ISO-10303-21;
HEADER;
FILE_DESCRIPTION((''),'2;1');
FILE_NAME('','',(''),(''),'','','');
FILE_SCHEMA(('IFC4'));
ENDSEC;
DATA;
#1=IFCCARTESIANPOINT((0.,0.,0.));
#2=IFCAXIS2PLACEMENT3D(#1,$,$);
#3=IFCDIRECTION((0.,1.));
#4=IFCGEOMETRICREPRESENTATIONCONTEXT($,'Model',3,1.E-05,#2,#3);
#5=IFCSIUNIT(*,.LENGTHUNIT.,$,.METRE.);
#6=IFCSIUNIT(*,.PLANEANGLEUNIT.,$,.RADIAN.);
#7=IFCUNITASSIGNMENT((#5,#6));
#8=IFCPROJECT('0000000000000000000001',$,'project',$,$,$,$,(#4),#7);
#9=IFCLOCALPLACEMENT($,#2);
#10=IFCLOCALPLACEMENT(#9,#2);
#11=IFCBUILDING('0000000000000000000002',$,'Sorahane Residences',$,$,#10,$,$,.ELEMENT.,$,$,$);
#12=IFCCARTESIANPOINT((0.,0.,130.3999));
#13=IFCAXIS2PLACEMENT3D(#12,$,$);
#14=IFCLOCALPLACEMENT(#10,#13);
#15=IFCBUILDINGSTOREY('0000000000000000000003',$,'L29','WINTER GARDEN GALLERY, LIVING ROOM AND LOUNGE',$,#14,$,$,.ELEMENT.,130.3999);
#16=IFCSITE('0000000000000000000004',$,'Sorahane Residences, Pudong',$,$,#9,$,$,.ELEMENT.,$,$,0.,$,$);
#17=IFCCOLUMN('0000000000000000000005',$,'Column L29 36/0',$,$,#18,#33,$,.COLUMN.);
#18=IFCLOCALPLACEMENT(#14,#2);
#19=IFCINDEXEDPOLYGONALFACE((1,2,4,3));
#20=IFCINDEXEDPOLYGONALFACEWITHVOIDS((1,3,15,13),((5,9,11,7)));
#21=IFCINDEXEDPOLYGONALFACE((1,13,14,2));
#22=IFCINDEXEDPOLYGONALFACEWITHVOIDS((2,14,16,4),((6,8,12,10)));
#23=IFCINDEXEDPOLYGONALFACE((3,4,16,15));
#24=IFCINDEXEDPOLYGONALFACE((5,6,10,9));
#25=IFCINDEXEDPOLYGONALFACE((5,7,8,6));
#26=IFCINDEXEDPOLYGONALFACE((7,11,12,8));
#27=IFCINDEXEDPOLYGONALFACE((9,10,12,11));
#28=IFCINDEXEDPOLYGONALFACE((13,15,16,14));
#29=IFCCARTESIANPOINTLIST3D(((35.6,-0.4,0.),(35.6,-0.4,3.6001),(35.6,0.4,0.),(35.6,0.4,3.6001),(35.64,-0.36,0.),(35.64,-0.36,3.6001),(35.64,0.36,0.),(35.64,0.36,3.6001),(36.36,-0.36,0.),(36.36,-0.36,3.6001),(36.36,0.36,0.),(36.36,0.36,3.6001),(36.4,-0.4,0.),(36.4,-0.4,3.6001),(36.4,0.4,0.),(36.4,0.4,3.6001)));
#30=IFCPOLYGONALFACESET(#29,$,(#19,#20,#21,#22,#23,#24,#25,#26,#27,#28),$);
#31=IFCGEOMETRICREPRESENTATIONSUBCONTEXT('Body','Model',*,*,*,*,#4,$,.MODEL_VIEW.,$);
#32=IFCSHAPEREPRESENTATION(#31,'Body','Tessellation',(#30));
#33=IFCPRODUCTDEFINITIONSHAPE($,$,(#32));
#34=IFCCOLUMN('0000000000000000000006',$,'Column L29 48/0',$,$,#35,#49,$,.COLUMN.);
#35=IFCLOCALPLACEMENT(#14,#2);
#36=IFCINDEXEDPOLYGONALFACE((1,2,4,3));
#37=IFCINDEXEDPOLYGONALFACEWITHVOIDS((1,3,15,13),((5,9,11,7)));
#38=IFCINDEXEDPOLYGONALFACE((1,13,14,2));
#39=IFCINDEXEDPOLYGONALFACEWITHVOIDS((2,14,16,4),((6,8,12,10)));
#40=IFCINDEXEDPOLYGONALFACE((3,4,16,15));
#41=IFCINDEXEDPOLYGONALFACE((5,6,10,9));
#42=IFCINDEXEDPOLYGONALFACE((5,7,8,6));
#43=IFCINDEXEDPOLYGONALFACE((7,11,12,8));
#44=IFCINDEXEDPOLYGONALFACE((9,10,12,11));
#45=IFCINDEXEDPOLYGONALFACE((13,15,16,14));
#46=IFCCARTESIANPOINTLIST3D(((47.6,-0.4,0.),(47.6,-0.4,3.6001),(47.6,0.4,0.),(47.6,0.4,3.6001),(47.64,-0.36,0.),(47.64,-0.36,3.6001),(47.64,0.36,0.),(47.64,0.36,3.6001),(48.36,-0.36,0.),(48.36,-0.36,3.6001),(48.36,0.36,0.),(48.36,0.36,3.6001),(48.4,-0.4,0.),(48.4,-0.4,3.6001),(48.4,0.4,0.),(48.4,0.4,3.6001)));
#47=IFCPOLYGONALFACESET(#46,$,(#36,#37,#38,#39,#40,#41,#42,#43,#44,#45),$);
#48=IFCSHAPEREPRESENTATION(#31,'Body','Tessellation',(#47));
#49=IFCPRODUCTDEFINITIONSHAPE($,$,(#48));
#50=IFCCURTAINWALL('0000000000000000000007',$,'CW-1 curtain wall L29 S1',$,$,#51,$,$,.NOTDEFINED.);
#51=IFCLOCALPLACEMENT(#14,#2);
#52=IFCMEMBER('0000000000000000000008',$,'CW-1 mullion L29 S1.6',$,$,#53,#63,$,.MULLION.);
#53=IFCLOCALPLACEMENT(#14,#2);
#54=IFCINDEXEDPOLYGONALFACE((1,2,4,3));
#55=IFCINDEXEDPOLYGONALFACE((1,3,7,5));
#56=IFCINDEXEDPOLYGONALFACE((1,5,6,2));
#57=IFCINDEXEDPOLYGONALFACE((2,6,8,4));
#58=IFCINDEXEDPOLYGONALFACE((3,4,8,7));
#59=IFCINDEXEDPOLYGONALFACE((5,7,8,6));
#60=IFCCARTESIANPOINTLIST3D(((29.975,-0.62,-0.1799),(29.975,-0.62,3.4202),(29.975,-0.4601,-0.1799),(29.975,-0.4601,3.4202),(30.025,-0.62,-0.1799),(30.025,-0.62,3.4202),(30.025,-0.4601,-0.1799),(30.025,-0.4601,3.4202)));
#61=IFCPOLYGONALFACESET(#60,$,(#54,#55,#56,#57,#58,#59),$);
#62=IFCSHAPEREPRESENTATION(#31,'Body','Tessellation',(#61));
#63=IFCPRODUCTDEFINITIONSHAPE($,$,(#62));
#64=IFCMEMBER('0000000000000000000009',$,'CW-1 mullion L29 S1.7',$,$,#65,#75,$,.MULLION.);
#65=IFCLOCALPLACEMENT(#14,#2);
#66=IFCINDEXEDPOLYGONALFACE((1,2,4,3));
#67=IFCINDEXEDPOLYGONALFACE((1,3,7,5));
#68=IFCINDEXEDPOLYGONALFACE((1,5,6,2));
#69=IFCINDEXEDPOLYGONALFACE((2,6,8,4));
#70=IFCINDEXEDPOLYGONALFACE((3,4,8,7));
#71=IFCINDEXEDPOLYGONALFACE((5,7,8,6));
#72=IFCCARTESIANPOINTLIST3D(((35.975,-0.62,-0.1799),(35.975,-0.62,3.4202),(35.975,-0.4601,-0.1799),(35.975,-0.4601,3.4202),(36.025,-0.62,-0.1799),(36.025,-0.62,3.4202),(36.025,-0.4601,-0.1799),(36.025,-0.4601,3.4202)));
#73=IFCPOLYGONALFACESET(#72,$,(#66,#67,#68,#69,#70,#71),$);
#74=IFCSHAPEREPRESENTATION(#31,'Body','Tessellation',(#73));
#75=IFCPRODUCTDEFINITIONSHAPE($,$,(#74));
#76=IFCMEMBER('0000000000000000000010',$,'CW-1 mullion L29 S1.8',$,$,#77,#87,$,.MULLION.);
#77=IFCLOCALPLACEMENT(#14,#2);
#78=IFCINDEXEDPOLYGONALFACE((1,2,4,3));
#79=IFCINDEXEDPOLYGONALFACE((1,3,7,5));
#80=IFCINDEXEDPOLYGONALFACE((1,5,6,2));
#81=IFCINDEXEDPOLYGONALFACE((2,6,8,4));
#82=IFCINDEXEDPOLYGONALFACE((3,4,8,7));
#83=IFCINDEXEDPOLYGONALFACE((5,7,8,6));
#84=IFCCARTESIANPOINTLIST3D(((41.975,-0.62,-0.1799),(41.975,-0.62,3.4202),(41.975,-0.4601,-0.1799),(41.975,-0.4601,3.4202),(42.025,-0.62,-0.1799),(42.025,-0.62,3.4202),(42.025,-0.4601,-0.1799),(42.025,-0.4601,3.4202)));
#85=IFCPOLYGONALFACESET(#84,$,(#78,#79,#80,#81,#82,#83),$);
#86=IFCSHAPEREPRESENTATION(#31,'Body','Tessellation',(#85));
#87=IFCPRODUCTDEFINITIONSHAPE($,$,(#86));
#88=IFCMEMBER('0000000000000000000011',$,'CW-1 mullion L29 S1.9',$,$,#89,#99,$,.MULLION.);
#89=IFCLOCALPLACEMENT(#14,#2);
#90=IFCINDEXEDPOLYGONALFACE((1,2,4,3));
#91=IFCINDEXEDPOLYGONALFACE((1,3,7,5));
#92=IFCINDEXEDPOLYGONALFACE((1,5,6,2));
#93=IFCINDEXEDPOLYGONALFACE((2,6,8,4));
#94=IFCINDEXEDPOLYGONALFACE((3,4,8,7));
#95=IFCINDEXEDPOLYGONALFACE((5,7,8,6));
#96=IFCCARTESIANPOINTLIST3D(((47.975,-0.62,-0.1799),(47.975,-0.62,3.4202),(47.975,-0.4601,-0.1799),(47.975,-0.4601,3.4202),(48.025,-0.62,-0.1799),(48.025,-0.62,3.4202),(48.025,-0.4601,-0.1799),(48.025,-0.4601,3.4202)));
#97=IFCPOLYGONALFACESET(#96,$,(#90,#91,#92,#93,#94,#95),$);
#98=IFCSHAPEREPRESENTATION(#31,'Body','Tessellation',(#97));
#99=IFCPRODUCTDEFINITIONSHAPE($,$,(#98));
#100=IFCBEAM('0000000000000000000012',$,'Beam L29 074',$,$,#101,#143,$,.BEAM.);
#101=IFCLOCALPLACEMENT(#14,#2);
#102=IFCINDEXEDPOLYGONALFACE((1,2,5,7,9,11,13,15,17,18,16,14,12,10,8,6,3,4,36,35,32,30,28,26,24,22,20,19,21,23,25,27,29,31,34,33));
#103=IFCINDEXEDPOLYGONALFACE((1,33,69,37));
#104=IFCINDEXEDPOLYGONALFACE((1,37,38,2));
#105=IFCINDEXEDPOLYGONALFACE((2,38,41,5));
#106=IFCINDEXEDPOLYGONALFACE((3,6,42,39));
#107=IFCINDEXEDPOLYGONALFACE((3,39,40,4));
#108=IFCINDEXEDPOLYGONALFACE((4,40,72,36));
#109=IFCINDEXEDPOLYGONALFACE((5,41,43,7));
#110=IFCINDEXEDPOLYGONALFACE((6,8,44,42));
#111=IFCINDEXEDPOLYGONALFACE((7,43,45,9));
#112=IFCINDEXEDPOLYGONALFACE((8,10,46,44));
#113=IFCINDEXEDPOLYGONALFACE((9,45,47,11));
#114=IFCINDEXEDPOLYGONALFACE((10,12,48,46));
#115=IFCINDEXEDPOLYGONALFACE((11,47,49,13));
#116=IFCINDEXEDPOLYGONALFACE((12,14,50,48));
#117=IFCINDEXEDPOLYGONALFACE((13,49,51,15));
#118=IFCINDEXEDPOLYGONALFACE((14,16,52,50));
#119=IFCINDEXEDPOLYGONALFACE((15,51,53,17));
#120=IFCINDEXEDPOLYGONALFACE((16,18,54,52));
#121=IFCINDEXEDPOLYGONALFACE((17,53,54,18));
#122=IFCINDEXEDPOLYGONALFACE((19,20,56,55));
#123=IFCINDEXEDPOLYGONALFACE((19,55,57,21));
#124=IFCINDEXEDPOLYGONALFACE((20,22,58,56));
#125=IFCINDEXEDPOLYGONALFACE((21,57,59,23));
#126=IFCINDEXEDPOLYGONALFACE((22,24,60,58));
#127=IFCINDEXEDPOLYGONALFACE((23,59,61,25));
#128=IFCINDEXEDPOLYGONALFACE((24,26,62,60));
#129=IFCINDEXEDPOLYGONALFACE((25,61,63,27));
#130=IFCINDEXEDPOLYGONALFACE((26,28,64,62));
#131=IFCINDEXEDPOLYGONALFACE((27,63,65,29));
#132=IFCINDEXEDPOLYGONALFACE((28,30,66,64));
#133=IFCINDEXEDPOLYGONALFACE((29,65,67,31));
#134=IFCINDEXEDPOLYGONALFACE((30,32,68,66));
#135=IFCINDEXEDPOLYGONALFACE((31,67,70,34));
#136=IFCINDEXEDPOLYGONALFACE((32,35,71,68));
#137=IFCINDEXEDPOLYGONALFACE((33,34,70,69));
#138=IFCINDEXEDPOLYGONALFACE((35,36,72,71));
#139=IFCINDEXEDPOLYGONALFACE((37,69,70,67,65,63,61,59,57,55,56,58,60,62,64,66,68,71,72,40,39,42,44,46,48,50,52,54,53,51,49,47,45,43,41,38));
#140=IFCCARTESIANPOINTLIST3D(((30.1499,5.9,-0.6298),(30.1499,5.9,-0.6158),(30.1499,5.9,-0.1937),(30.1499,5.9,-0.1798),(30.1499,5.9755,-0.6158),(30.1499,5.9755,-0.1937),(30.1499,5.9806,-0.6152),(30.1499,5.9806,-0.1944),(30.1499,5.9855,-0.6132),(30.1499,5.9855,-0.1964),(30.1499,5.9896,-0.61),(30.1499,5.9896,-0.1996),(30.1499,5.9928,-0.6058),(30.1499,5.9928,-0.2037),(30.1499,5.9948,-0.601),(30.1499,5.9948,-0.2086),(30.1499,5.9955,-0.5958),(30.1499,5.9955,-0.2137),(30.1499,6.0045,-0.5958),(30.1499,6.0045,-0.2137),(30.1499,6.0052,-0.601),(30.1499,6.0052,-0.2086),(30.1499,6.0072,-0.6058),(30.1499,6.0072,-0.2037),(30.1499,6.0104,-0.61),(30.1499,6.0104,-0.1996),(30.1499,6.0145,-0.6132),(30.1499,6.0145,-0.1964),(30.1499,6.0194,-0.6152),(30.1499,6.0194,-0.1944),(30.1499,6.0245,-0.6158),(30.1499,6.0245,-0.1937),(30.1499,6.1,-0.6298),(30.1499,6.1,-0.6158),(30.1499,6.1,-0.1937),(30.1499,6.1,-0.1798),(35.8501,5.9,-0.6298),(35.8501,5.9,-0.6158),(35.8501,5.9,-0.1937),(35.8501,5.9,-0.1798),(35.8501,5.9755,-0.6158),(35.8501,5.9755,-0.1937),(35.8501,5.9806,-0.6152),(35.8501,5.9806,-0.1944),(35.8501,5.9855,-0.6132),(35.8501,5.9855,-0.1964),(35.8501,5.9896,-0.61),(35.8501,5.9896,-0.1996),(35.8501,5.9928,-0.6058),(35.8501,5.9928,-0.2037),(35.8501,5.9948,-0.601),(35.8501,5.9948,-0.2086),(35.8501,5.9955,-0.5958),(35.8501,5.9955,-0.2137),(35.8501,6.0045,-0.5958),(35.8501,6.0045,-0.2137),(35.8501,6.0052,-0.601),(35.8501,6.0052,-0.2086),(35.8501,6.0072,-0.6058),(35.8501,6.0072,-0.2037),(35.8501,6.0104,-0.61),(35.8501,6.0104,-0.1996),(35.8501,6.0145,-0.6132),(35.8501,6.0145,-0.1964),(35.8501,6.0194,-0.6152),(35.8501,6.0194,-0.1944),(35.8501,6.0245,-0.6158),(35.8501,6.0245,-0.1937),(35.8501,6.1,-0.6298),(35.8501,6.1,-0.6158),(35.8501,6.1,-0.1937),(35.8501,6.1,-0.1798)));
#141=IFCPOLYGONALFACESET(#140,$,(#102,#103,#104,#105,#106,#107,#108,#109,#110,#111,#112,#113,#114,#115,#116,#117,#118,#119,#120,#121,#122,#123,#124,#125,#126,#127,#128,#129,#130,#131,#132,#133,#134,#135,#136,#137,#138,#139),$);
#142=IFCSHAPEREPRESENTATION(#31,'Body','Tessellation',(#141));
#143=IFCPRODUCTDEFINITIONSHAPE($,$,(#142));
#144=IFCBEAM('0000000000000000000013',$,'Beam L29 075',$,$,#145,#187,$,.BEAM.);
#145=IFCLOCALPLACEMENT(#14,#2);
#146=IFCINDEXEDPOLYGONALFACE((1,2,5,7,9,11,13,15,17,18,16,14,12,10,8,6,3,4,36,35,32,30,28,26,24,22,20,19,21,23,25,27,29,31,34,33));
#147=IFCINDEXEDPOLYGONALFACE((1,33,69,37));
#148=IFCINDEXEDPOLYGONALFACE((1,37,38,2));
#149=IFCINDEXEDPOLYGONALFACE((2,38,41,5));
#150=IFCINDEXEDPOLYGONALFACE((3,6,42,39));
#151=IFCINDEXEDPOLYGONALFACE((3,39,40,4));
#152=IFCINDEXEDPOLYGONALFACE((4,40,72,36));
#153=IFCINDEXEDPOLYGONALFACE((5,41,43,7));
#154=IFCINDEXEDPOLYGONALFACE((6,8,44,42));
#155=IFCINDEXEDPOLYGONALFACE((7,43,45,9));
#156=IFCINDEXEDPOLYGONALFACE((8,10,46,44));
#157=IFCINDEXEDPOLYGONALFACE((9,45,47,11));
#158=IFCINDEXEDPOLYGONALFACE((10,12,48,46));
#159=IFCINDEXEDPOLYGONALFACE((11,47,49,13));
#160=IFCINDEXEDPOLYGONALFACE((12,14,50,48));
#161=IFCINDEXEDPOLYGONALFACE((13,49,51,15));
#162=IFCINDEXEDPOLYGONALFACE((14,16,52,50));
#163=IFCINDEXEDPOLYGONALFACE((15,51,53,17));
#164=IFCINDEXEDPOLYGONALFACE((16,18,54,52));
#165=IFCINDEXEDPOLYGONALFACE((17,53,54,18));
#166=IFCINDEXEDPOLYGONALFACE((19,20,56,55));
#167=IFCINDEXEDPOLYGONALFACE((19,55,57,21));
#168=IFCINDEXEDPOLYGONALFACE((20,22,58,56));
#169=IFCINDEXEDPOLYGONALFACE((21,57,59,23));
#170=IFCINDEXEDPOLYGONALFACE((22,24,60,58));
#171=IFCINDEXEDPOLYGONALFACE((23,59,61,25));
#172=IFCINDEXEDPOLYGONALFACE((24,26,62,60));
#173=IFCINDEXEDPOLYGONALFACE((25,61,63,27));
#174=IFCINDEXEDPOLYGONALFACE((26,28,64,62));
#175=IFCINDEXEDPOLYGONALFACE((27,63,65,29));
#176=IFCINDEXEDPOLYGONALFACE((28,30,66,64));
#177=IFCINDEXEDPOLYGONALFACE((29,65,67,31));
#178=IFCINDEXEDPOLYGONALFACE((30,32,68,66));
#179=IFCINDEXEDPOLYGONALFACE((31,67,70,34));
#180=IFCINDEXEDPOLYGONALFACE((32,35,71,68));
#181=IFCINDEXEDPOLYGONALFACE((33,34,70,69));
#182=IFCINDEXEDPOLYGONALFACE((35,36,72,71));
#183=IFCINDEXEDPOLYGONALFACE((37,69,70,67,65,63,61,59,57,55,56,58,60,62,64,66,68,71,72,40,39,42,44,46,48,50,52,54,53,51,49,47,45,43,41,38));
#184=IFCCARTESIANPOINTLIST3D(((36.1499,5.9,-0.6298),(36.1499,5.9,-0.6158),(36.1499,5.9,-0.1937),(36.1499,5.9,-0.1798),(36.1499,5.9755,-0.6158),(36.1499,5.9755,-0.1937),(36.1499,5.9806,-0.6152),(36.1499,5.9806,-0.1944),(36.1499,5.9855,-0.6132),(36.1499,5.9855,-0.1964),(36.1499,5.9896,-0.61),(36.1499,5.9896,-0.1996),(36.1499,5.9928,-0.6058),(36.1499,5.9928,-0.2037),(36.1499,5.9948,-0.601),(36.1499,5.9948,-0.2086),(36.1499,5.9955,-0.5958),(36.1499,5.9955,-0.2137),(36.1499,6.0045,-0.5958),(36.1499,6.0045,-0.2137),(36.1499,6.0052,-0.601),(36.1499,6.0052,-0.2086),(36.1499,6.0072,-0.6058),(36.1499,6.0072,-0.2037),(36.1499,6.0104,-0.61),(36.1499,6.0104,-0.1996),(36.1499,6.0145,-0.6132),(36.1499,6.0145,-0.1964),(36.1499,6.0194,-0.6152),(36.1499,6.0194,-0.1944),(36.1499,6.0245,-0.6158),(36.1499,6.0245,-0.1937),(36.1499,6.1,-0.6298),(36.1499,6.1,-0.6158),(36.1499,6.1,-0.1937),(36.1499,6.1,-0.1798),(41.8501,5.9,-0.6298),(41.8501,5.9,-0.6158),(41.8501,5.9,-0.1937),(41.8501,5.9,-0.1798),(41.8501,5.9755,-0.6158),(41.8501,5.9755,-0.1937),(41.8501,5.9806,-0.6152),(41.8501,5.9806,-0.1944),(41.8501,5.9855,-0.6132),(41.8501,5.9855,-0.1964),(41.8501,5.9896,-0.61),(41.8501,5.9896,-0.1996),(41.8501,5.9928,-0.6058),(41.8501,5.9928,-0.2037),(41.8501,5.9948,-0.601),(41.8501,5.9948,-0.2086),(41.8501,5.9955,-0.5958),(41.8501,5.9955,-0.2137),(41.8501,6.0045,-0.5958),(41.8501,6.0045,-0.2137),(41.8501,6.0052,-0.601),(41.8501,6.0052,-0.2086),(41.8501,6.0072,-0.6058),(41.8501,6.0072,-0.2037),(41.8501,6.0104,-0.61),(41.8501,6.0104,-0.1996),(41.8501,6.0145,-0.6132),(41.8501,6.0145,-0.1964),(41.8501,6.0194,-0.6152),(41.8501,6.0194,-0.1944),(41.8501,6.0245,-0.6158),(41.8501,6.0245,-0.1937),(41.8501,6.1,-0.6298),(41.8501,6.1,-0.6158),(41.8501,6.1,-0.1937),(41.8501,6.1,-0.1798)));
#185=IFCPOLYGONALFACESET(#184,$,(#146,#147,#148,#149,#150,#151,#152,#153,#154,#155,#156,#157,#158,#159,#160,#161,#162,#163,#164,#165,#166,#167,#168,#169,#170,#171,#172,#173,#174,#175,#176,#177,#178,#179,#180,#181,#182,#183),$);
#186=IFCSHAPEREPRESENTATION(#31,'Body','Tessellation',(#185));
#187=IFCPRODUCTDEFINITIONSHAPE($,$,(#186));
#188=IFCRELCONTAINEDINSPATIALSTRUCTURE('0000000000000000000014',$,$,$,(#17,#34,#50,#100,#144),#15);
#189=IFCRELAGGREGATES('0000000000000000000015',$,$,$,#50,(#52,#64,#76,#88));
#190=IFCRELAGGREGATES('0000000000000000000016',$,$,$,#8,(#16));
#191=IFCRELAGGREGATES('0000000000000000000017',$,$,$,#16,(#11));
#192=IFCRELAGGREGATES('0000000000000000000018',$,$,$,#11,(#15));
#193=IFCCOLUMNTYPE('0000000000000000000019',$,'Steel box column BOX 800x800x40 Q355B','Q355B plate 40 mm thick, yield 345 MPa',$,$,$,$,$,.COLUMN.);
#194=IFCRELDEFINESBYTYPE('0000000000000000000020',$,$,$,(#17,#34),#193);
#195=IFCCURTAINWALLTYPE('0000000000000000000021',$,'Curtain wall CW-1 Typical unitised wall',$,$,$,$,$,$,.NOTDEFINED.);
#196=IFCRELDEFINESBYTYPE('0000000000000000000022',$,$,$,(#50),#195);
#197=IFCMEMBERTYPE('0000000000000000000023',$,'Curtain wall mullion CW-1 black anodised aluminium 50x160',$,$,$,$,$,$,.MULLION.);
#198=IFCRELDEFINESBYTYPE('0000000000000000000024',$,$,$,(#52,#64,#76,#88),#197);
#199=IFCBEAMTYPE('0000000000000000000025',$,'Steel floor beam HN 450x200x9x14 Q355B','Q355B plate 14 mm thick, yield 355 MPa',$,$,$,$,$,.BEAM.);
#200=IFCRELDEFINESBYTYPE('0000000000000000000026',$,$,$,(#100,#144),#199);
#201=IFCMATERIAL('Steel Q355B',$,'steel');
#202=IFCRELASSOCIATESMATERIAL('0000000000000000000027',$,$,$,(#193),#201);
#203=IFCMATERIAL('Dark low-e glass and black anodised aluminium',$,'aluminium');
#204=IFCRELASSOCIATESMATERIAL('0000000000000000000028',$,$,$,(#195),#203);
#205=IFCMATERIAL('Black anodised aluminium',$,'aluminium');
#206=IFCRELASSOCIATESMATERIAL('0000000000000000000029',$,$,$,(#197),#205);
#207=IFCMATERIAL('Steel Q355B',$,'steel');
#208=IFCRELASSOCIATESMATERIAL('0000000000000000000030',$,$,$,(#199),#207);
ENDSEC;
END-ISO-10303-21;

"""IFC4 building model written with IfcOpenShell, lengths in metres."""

from ifc_helpers import new_model, si_unit, direction, frame, origin, origin_2d, place, context, subcontext, project, spatial, rectangle, hollow_rectangle, i_section, extrude, material, material_profile, profile_set, type_object, element, aggregate, save


model = new_model("IFC4")

# Units and contexts
model_context = context("Model", 3, precision=1e-05, world=origin(), true_north=direction((0.0, 1.0)))
body_context = subcontext(model_context, "Body", "Model", "MODEL_VIEW")
ifc_project = project(units=[si_unit("LENGTHUNIT", "METRE"), si_unit("PLANEANGLEUNIT", "RADIAN")], contexts=[model_context])

# Site, building, storey
site_placement = place(None, origin())
site = spatial("IfcSite", under=ifc_project, at=site_placement, Name="Sorahane Residences, Pudong", CompositionType="ELEMENT", RefElevation=0.0)
building_placement = place(site_placement, origin())
building = spatial("IfcBuilding", under=site, at=building_placement, Name="Sorahane Residences", CompositionType="ELEMENT")
storey_placement = place(building_placement, frame((0.0, 0.0, 130.3999)))
storey = spatial("IfcBuildingStorey", under=building, at=storey_placement, Name="L29", Description="WINTER GARDEN GALLERY, LIVING ROOM AND LOUNGE", CompositionType="ELEMENT", Elevation=130.3999)

# Columns
ifc_material_1 = material(Name="Steel Q355B", Category="steel")
ifc_material_profile_1 = material_profile(ifc_material_1, hollow_rectangle(XDim=0.8, YDim=0.8, WallThickness=0.04, at=origin_2d()), Name="BOX 800x800x40")
ifc_profile_set_1 = profile_set([ifc_material_profile_1], Name="Steel Q355B")
column_type = type_object("IfcColumnType", Name="Steel box column BOX 800x800x40 Q355B", Description="Q355B plate 40 mm thick, yield 345 MPa", PredefinedType="COLUMN", material=ifc_profile_set_1)
for number, where, z_axis, x_axis, name in (
    (1, (36.0, 0.0, 0.0), (0.0, 0.0, 1.0), (1.0, 0.0, 0.0), "Column L29 36/0"),
    (2, (48.0, 0.0, 0.0), (0.0, 0.0, 1.0), (1.0, 0.0, 0.0), "Column L29 48/0"),
):
    element("IfcColumn", number, at=place(storey_placement, frame(where, z_axis=z_axis, x_axis=x_axis)), inside=storey, type_object=column_type, Name=name, PredefinedType="COLUMN", context=body_context, shape_type="SweptSolid", body=[
        extrude(hollow_rectangle(XDim=0.8, YDim=0.8, WallThickness=0.04, at=origin_2d()), origin(), (0.0, 0.0, 1.0), 3.6001),
    ])

# Curtain wall, members
ifc_material_2 = material(Name="Dark low-e glass and black anodised aluminium", Category="aluminium")
curtain_wall_type = type_object("IfcCurtainWallType", Name="Curtain wall CW-1 Typical unitised wall", PredefinedType="NOTDEFINED", material=ifc_material_2)
curtain_wall_placement = place(storey_placement, origin())
curtain_wall = element("IfcCurtainWall", 3, at=curtain_wall_placement, inside=storey, type_object=curtain_wall_type, Name="CW-1 curtain wall L29 S1", PredefinedType="NOTDEFINED")
ifc_material_3 = material(Name="Black anodised aluminium", Category="aluminium")
ifc_material_profile_2 = material_profile(ifc_material_3, rectangle(XDim=0.1599, YDim=0.05, at=origin_2d()), Name="Curtain wall mullion CW-1 black anodised aluminium 50x160")
ifc_profile_set_2 = profile_set([ifc_material_profile_2], Name="Black anodised aluminium")
member_type = type_object("IfcMemberType", Name="Curtain wall mullion CW-1 black anodised aluminium 50x160", PredefinedType="MULLION", material=ifc_profile_set_2)
member_1_placement = place(storey_placement, frame((30.0, -0.54, -0.1799), z_axis=(0.0, 0.0, 1.0), x_axis=(0.0, -1.0, 0.0)))
member_1 = element("IfcMember", 4, at=member_1_placement, type_object=member_type, Name="CW-1 mullion L29 S1.6", PredefinedType="MULLION", context=body_context, shape_type="SweptSolid", body=[
    extrude(rectangle(XDim=0.1599, YDim=0.05, at=origin_2d()), origin(), (0.0, 0.0, 1.0), 3.6001),
])
member_2_placement = place(storey_placement, frame((36.0, -0.54, -0.1799), z_axis=(0.0, 0.0, 1.0), x_axis=(0.0, -1.0, 0.0)))
member_2 = element("IfcMember", 5, at=member_2_placement, type_object=member_type, Name="CW-1 mullion L29 S1.7", PredefinedType="MULLION", context=body_context, shape_type="SweptSolid", body=[
    extrude(rectangle(XDim=0.1599, YDim=0.05, at=origin_2d()), origin(), (0.0, 0.0, 1.0), 3.6001),
])
member_3_placement = place(storey_placement, frame((42.0, -0.54, -0.1799), z_axis=(0.0, 0.0, 1.0), x_axis=(0.0, -1.0, 0.0)))
member_3 = element("IfcMember", 6, at=member_3_placement, type_object=member_type, Name="CW-1 mullion L29 S1.8", PredefinedType="MULLION", context=body_context, shape_type="SweptSolid", body=[
    extrude(rectangle(XDim=0.1599, YDim=0.05, at=origin_2d()), origin(), (0.0, 0.0, 1.0), 3.6001),
])
member_4_placement = place(storey_placement, frame((48.0, -0.54, -0.1799), z_axis=(0.0, 0.0, 1.0), x_axis=(0.0, -1.0, 0.0)))
member_4 = element("IfcMember", 7, at=member_4_placement, type_object=member_type, Name="CW-1 mullion L29 S1.9", PredefinedType="MULLION", context=body_context, shape_type="SweptSolid", body=[
    extrude(rectangle(XDim=0.1599, YDim=0.05, at=origin_2d()), origin(), (0.0, 0.0, 1.0), 3.6001),
])

# Beams
ifc_material_4 = material(Name="Steel Q355B", Category="steel")
ifc_material_profile_3 = material_profile(ifc_material_4, i_section(OverallWidth=0.2, OverallDepth=0.45, WebThickness=0.009, FlangeThickness=0.0139, FilletRadius=0.02, at=origin_2d()), Name="HN 450x200x9x14")
ifc_profile_set_3 = profile_set([ifc_material_profile_3], Name="Steel Q355B")
beam_type_1 = type_object("IfcBeamType", Name="Steel floor beam HN 450x200x9x14 Q355B", Description="Q355B plate 14 mm thick, yield 355 MPa", PredefinedType="BEAM", material=ifc_profile_set_3)
for number, where, z_axis, x_axis, name in (
    (8, (30.1499, 6.0, -0.4048), (1.0, 0.0, 0.0), (0.0, 1.0, 0.0), "Beam L29 074"),
    (9, (36.1499, 6.0, -0.4048), (1.0, 0.0, 0.0), (0.0, 1.0, 0.0), "Beam L29 075"),
):
    element("IfcBeam", number, at=place(storey_placement, frame(where, z_axis=z_axis, x_axis=x_axis)), inside=storey, type_object=beam_type_1, Name=name, PredefinedType="BEAM", context=body_context, shape_type="SweptSolid", body=[
        extrude(i_section(OverallWidth=0.2, OverallDepth=0.45, WebThickness=0.009, FlangeThickness=0.0139, FilletRadius=0.02, at=origin_2d()), origin(), (0.0, 0.0, 1.0), 5.7002),
    ])

aggregate(curtain_wall, [member_1, member_2, member_3, member_4])

save(model, "model.ifc")
